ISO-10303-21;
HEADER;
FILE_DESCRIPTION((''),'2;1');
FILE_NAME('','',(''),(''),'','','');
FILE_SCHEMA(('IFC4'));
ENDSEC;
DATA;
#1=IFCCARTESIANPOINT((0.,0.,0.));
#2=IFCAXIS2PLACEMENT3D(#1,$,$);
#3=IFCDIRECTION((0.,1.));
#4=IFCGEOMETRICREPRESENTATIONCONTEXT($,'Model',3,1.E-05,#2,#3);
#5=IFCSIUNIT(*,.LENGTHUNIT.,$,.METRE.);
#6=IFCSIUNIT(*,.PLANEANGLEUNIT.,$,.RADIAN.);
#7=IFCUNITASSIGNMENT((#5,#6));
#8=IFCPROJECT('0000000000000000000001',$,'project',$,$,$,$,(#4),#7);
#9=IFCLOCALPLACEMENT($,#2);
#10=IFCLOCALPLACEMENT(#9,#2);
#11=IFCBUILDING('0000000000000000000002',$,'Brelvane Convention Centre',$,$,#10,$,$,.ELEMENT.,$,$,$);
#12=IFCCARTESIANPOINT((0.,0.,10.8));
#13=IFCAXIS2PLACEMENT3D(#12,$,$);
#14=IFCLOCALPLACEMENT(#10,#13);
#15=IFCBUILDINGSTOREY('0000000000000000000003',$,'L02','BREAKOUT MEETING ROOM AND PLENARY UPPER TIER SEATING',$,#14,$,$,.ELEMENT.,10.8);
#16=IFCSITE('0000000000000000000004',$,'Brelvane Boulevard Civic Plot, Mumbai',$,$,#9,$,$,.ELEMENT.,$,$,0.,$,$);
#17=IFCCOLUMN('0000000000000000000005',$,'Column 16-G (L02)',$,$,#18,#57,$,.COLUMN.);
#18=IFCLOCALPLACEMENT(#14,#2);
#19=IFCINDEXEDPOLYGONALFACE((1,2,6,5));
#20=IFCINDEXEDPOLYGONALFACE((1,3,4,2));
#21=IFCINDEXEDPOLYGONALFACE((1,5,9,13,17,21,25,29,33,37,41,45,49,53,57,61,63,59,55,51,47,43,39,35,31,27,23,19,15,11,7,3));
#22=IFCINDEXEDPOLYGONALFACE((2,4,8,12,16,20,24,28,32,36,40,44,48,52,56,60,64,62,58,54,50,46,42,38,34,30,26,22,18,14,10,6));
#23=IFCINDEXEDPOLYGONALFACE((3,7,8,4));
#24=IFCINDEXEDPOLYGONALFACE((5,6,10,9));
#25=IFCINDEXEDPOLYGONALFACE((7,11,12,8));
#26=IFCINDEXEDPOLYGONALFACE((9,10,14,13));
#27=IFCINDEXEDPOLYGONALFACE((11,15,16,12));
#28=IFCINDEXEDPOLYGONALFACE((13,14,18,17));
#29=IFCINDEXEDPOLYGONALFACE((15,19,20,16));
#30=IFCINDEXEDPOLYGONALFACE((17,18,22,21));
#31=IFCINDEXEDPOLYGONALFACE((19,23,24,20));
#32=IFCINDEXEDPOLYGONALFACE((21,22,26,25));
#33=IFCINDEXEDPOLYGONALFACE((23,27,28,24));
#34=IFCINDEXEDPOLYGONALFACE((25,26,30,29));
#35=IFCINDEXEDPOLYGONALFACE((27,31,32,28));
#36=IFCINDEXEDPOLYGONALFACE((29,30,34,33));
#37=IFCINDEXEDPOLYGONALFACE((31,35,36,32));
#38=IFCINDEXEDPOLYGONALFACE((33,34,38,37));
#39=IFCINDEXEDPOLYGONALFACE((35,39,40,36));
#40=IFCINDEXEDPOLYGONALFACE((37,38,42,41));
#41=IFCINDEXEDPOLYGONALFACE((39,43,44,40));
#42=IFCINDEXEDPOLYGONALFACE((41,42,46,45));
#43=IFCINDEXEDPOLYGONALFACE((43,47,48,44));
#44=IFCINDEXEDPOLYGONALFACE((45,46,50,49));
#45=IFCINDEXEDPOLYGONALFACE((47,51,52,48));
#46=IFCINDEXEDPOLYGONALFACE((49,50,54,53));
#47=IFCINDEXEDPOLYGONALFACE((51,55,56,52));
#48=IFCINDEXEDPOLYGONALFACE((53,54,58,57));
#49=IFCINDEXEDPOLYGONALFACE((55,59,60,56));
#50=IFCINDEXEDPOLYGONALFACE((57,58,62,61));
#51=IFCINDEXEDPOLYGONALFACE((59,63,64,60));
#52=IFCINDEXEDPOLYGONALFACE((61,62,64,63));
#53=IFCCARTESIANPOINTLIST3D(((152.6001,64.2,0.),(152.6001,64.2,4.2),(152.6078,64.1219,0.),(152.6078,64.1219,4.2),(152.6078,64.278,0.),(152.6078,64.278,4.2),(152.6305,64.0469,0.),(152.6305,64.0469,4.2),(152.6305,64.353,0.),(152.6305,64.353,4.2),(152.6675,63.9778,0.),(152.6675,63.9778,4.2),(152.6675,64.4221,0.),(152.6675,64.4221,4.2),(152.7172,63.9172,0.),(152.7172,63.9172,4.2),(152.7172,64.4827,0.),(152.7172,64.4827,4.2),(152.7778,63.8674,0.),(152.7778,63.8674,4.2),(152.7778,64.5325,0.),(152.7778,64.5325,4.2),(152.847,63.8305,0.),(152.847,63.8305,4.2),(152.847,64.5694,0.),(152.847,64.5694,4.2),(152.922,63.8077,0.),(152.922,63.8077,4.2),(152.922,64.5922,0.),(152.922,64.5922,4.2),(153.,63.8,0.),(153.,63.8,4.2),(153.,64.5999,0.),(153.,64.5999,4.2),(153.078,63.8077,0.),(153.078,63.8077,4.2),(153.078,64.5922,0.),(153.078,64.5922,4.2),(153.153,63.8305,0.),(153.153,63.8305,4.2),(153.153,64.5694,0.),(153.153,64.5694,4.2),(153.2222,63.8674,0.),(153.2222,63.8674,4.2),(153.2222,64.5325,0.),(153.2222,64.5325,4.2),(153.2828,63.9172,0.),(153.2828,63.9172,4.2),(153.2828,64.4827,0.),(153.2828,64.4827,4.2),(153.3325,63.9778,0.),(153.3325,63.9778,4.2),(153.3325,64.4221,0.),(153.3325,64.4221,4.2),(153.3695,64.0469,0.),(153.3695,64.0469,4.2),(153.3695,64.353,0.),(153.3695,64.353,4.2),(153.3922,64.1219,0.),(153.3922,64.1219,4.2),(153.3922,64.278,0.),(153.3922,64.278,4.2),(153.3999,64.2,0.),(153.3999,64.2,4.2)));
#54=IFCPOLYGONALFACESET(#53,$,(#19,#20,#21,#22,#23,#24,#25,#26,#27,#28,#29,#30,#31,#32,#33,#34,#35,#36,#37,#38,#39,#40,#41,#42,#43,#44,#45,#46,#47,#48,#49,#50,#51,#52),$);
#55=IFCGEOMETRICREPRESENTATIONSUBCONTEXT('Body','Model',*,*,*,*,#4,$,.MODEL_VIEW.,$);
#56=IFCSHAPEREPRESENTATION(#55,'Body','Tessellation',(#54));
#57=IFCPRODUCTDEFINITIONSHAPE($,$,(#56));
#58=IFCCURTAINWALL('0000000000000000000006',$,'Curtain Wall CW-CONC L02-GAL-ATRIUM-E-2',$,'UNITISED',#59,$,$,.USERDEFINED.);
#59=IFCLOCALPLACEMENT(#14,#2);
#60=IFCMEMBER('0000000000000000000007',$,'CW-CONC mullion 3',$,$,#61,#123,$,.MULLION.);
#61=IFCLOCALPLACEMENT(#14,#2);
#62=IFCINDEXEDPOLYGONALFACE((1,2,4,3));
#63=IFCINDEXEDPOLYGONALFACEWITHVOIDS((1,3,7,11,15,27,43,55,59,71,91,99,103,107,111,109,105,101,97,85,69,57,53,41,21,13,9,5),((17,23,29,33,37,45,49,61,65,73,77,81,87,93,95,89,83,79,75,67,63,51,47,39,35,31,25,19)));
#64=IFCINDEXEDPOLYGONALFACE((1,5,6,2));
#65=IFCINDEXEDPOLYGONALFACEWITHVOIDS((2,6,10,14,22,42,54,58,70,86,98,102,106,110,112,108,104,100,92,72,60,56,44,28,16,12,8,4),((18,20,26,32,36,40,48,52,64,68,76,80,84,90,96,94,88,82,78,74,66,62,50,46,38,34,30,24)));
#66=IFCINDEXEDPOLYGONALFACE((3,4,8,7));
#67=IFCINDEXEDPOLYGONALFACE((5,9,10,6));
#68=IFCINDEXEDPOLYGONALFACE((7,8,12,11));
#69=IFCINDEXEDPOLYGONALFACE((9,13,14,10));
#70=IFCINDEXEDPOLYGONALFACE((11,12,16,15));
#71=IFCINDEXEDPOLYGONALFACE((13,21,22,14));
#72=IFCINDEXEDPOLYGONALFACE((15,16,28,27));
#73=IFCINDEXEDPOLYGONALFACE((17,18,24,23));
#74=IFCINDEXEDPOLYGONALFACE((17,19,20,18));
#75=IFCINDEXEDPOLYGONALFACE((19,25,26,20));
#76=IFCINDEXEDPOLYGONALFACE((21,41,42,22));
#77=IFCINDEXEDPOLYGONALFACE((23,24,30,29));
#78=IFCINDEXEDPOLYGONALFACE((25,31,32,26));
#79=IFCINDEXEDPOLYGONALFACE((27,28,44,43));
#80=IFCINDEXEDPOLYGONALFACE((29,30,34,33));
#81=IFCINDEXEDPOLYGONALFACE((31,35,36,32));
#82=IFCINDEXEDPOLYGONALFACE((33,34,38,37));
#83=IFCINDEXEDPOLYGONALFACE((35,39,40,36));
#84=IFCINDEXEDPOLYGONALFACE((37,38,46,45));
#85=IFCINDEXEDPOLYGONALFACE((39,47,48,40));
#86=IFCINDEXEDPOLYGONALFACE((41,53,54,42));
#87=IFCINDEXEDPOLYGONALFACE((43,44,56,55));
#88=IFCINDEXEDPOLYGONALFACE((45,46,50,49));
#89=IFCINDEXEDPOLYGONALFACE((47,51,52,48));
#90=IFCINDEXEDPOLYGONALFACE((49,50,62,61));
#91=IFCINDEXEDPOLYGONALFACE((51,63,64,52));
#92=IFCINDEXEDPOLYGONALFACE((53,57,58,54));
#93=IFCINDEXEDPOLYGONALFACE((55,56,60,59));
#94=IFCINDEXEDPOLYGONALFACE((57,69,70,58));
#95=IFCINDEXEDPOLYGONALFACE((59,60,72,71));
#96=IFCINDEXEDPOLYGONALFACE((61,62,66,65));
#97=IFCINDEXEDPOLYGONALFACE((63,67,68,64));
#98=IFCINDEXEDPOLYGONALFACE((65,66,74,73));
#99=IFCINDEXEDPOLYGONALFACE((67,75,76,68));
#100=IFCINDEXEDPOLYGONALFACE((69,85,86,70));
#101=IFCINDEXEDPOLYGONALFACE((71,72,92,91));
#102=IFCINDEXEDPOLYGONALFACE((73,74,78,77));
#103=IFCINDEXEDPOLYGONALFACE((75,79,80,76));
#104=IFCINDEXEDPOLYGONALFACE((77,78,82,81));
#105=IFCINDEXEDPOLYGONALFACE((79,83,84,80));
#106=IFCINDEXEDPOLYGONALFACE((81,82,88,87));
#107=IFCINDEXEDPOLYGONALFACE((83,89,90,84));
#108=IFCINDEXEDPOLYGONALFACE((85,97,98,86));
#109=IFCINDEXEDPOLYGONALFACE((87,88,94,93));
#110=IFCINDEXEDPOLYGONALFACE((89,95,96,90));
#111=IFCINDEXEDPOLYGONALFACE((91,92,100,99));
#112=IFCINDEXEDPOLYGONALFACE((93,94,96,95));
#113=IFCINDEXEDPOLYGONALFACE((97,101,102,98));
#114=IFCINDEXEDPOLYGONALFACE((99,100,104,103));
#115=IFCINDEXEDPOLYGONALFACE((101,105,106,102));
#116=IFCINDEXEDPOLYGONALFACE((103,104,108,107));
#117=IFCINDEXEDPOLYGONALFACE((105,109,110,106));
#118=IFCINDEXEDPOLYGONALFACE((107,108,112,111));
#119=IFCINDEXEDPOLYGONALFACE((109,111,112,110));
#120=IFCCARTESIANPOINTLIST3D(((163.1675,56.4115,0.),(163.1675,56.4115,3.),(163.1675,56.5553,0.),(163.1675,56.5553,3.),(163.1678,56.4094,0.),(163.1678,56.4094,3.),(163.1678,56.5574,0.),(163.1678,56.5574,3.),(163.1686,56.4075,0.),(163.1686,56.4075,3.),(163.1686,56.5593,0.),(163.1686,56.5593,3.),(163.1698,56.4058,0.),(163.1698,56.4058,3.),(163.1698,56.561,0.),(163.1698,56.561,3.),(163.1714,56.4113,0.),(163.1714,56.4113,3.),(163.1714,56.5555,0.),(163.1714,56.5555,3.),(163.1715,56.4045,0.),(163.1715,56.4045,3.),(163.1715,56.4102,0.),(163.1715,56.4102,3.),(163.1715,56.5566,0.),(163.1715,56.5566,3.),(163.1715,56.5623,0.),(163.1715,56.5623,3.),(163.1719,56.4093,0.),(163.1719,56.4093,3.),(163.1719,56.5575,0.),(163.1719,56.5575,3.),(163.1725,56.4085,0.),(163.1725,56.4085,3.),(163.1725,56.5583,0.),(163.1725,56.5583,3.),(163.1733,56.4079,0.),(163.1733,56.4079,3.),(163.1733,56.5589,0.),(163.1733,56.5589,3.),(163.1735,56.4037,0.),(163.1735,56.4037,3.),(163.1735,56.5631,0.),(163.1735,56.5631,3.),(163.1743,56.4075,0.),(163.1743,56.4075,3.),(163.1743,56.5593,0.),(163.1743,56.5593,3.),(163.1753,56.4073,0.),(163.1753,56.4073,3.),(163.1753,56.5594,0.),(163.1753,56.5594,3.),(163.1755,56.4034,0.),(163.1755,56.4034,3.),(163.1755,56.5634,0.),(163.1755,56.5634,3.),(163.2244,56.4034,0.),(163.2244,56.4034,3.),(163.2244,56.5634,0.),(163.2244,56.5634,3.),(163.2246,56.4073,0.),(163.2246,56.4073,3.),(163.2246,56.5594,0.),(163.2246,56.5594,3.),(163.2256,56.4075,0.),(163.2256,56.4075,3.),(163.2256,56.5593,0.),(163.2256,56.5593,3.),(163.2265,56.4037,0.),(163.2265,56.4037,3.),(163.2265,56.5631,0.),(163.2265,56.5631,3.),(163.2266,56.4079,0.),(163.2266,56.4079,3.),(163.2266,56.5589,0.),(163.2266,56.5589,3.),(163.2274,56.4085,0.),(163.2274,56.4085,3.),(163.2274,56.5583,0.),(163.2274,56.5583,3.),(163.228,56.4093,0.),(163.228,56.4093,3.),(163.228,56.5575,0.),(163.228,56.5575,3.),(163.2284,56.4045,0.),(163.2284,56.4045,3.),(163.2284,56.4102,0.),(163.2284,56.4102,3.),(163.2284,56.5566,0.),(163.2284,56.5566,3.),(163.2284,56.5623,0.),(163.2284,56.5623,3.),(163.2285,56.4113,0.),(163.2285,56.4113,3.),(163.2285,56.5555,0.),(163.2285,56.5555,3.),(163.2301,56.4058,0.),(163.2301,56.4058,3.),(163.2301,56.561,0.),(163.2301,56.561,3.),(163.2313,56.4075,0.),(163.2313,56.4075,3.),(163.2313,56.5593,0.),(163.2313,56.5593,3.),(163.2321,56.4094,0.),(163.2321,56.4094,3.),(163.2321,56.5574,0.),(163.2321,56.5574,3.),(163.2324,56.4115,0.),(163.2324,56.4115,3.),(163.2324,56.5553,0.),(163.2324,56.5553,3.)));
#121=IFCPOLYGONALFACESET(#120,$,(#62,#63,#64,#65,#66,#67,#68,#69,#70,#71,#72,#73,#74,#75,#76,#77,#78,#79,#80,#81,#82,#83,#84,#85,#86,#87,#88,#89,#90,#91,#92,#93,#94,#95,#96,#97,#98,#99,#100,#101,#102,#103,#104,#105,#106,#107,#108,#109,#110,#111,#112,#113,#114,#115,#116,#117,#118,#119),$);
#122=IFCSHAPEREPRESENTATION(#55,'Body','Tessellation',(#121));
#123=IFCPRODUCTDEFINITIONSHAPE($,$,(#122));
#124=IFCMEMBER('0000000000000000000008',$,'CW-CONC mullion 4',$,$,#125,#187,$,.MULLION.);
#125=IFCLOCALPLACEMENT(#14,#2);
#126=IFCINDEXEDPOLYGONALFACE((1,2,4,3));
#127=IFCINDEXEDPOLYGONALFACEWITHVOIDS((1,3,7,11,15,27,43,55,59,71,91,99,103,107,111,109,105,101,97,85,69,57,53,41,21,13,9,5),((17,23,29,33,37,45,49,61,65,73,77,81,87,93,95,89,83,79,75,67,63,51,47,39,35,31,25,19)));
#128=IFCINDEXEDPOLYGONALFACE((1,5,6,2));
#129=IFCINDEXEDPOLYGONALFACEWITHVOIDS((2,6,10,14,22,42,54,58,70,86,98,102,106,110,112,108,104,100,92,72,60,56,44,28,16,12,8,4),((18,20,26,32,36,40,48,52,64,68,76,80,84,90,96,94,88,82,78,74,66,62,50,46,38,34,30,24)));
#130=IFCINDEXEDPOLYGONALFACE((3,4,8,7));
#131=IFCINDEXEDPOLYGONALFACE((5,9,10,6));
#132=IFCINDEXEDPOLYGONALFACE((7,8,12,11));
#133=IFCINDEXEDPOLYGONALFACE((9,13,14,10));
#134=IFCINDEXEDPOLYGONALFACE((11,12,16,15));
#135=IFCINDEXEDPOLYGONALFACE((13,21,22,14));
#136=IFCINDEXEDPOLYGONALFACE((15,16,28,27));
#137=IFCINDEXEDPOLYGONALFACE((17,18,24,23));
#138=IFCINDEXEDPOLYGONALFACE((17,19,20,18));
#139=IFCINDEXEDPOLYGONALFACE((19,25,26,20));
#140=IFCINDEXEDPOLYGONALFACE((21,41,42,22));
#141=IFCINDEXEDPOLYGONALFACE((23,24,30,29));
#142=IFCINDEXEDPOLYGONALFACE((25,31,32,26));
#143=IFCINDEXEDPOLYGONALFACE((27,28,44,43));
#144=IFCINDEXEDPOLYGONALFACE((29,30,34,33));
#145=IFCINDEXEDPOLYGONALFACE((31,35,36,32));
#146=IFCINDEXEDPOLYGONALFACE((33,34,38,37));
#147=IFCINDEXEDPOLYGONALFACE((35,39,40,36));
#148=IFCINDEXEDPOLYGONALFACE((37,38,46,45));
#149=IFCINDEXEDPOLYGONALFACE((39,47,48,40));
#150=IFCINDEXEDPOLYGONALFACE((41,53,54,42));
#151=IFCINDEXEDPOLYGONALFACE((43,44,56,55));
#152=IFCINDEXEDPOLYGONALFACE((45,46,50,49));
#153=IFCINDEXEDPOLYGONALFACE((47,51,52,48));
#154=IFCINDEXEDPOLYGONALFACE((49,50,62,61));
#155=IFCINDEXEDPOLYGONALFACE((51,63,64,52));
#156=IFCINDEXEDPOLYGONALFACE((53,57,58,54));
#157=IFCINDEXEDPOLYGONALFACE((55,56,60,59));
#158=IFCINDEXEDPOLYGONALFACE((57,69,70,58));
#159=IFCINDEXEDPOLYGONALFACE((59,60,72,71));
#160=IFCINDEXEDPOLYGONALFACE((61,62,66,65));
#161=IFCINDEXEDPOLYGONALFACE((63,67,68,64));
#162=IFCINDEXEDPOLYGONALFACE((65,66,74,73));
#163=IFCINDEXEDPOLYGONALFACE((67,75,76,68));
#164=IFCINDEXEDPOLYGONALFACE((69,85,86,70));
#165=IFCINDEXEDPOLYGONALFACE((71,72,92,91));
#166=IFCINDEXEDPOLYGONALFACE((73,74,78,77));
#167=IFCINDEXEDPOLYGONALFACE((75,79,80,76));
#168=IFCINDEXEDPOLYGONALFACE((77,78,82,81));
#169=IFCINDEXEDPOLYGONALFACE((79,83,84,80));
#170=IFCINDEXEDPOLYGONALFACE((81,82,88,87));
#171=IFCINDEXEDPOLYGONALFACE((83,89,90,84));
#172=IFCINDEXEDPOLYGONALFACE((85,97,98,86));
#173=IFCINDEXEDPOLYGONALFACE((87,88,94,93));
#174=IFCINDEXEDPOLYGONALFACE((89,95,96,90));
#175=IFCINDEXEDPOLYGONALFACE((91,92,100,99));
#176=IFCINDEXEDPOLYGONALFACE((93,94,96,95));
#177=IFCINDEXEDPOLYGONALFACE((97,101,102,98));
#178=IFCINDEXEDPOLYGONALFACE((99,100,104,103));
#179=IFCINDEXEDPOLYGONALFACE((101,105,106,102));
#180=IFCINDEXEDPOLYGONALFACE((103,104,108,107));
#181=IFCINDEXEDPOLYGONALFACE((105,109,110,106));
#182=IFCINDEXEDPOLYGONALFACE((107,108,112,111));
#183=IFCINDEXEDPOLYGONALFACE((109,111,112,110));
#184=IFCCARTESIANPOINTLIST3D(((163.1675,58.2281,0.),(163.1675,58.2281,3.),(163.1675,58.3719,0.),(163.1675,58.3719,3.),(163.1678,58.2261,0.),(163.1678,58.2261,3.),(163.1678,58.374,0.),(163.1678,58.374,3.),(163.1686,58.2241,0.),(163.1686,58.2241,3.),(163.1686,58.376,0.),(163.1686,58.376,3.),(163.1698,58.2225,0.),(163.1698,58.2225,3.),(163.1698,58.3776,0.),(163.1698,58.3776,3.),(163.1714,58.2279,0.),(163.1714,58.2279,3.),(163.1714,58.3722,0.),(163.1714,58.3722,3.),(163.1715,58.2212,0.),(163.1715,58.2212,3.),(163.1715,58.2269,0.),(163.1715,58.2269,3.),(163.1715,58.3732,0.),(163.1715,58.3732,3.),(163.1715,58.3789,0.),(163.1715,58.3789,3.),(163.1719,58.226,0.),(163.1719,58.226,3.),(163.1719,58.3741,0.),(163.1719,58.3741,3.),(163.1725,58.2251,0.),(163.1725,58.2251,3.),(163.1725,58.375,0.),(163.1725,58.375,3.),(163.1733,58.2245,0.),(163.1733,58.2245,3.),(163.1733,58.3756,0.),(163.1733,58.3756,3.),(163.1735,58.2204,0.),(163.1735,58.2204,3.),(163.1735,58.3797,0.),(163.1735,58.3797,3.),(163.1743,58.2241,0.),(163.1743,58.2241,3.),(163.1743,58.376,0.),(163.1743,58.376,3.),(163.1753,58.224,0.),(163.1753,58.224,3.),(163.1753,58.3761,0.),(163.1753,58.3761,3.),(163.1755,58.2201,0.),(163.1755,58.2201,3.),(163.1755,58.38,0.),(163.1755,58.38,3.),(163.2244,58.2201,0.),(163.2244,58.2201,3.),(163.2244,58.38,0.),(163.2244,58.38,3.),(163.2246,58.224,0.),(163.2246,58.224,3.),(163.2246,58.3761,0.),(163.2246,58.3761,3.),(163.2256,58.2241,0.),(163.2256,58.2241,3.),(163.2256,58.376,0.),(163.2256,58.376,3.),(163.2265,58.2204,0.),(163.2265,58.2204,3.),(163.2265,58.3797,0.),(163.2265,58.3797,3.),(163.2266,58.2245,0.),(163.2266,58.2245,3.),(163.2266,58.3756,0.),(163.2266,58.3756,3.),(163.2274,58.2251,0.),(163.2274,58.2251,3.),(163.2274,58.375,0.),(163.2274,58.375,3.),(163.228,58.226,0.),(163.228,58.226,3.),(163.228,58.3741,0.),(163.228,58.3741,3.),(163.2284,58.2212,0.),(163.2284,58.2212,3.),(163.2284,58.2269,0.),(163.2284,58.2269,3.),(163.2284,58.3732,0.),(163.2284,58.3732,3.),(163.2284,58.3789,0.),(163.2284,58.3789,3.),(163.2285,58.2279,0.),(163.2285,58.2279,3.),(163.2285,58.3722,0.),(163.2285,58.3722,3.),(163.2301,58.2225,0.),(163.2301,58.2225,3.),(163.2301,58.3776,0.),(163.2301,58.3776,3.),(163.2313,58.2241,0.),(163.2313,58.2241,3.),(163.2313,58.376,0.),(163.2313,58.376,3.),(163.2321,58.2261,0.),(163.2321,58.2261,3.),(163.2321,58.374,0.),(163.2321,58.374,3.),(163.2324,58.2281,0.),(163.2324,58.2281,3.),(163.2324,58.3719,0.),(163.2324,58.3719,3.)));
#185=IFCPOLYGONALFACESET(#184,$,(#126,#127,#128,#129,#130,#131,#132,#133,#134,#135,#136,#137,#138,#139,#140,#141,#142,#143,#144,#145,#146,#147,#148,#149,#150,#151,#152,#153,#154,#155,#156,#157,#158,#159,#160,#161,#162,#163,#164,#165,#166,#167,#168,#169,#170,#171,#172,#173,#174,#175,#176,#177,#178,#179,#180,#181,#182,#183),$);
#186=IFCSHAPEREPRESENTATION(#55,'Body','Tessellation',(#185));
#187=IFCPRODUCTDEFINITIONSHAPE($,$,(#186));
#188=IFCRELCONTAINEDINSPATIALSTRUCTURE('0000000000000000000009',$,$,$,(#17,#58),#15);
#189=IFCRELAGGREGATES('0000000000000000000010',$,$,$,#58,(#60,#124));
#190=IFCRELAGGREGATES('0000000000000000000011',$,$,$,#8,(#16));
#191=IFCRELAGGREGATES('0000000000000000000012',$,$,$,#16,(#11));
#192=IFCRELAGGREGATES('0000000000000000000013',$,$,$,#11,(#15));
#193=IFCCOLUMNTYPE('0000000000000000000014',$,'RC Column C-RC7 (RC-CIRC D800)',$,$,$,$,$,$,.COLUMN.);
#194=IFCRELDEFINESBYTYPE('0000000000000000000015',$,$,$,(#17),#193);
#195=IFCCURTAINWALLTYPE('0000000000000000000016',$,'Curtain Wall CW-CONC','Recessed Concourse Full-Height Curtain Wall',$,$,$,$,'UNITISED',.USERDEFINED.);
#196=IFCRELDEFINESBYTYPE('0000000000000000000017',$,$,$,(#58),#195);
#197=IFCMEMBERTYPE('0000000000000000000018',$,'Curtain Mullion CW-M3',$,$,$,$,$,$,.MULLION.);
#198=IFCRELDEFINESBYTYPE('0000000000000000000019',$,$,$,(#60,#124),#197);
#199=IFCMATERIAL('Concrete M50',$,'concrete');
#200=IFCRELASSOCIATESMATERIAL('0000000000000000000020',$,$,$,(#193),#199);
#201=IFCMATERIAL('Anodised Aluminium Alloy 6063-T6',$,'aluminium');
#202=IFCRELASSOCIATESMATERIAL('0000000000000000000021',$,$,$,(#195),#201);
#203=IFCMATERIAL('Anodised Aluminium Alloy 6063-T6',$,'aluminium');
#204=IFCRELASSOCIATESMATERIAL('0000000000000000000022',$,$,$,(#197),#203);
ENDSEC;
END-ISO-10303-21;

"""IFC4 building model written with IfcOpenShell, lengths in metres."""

from ifc_helpers import new_model, si_unit, direction, frame, origin, origin_2d, place, context, subcontext, project, spatial, hollow_rectangle, circle, extrude, material, material_profile, profile_set, type_object, element, aggregate, save


model = new_model("IFC4")

# Units and contexts
model_context = context("Model", 3, precision=1e-05, world=origin(), true_north=direction((0.0, 1.0)))
body_context = subcontext(model_context, "Body", "Model", "MODEL_VIEW")
ifc_project = project(units=[si_unit("LENGTHUNIT", "METRE"), si_unit("PLANEANGLEUNIT", "RADIAN")], contexts=[model_context])

# Site, building, storey
site_placement = place(None, origin())
site = spatial("IfcSite", under=ifc_project, at=site_placement, Name="Brelvane Boulevard Civic Plot, Mumbai", CompositionType="ELEMENT", RefElevation=0.0)
building_placement = place(site_placement, origin())
building = spatial("IfcBuilding", under=site, at=building_placement, Name="Brelvane Convention Centre", CompositionType="ELEMENT")
storey_placement = place(building_placement, frame((0.0, 0.0, 10.8)))
storey = spatial("IfcBuildingStorey", under=building, at=storey_placement, Name="L02", Description="BREAKOUT MEETING ROOM AND PLENARY UPPER TIER SEATING", CompositionType="ELEMENT", Elevation=10.8)

# Column
ifc_material_1 = material(Name="Concrete M50", Category="concrete")
ifc_material_profile_1 = material_profile(ifc_material_1, circle(Radius=0.3999, at=origin_2d()), Name="RC-CIRC D800")
ifc_profile_set_1 = profile_set([ifc_material_profile_1], Name="Concrete M50")
column_type = type_object("IfcColumnType", Name="RC Column C-RC7 (RC-CIRC D800)", PredefinedType="COLUMN", material=ifc_profile_set_1)
column_placement = place(storey_placement, frame((153.0, 64.2, 0.0), z_axis=(0.0, 0.0, 1.0), x_axis=(1.0, 0.0, 0.0)))
element("IfcColumn", 1, at=column_placement, inside=storey, type_object=column_type, Name="Column 16-G (L02)", PredefinedType="COLUMN", context=body_context, shape_type="SweptSolid", body=[
    extrude(circle(Radius=0.3999, at=origin_2d()), origin(), (0.0, 0.0, 1.0), 4.2),
])

# Curtain wall, members
ifc_material_2 = material(Name="Anodised Aluminium Alloy 6063-T6", Category="aluminium")
curtain_wall_type = type_object("IfcCurtainWallType", Name="Curtain Wall CW-CONC", Description="Recessed Concourse Full-Height Curtain Wall", ElementType="UNITISED", PredefinedType="USERDEFINED", material=ifc_material_2)
curtain_wall_placement = place(storey_placement, origin())
curtain_wall = element("IfcCurtainWall", 2, at=curtain_wall_placement, inside=storey, type_object=curtain_wall_type, Name="Curtain Wall CW-CONC L02-GAL-ATRIUM-E-2", ObjectType="UNITISED", PredefinedType="USERDEFINED")
ifc_material_3 = material(Name="Anodised Aluminium Alloy 6063-T6", Category="aluminium")
ifc_material_profile_2 = material_profile(ifc_material_3, hollow_rectangle(XDim=0.0649, YDim=0.1599, WallThickness=0.0039, InnerFilletRadius=0.0039, OuterFilletRadius=0.0081, at=origin_2d()), Name="ALU-M 160x65x4.0")
ifc_profile_set_2 = profile_set([ifc_material_profile_2], Name="Anodised Aluminium Alloy 6063-T6")
member_type_1 = type_object("IfcMemberType", Name="Curtain Mullion CW-M3", PredefinedType="MULLION", material=ifc_profile_set_2)
member_1_placement = place(storey_placement, frame((163.2, 56.4834, 0.0), z_axis=(0.0, 0.0, 1.0), x_axis=(-1.0, 0.0, 0.0)))
member_1 = element("IfcMember", 3, at=member_1_placement, type_object=member_type_1, Name="CW-CONC mullion 3", PredefinedType="MULLION", context=body_context, shape_type="SweptSolid", body=[
    extrude(hollow_rectangle(XDim=0.0649, YDim=0.1599, WallThickness=0.0039, InnerFilletRadius=0.0039, OuterFilletRadius=0.0081, at=origin_2d()), origin(), (0.0, 0.0, 1.0), 3.0),
])
member_2_placement = place(storey_placement, frame((163.2, 58.3, 0.0), z_axis=(0.0, 0.0, 1.0), x_axis=(-1.0, 0.0, 0.0)))
member_2 = element("IfcMember", 4, at=member_2_placement, type_object=member_type_1, Name="CW-CONC mullion 4", PredefinedType="MULLION", context=body_context, shape_type="SweptSolid", body=[
    extrude(hollow_rectangle(XDim=0.0649, YDim=0.1599, WallThickness=0.0039, InnerFilletRadius=0.0039, OuterFilletRadius=0.0081, at=origin_2d()), origin(), (0.0, 0.0, 1.0), 3.0),
])

aggregate(curtain_wall, [member_1, member_2])

save(model, "model.ifc")
